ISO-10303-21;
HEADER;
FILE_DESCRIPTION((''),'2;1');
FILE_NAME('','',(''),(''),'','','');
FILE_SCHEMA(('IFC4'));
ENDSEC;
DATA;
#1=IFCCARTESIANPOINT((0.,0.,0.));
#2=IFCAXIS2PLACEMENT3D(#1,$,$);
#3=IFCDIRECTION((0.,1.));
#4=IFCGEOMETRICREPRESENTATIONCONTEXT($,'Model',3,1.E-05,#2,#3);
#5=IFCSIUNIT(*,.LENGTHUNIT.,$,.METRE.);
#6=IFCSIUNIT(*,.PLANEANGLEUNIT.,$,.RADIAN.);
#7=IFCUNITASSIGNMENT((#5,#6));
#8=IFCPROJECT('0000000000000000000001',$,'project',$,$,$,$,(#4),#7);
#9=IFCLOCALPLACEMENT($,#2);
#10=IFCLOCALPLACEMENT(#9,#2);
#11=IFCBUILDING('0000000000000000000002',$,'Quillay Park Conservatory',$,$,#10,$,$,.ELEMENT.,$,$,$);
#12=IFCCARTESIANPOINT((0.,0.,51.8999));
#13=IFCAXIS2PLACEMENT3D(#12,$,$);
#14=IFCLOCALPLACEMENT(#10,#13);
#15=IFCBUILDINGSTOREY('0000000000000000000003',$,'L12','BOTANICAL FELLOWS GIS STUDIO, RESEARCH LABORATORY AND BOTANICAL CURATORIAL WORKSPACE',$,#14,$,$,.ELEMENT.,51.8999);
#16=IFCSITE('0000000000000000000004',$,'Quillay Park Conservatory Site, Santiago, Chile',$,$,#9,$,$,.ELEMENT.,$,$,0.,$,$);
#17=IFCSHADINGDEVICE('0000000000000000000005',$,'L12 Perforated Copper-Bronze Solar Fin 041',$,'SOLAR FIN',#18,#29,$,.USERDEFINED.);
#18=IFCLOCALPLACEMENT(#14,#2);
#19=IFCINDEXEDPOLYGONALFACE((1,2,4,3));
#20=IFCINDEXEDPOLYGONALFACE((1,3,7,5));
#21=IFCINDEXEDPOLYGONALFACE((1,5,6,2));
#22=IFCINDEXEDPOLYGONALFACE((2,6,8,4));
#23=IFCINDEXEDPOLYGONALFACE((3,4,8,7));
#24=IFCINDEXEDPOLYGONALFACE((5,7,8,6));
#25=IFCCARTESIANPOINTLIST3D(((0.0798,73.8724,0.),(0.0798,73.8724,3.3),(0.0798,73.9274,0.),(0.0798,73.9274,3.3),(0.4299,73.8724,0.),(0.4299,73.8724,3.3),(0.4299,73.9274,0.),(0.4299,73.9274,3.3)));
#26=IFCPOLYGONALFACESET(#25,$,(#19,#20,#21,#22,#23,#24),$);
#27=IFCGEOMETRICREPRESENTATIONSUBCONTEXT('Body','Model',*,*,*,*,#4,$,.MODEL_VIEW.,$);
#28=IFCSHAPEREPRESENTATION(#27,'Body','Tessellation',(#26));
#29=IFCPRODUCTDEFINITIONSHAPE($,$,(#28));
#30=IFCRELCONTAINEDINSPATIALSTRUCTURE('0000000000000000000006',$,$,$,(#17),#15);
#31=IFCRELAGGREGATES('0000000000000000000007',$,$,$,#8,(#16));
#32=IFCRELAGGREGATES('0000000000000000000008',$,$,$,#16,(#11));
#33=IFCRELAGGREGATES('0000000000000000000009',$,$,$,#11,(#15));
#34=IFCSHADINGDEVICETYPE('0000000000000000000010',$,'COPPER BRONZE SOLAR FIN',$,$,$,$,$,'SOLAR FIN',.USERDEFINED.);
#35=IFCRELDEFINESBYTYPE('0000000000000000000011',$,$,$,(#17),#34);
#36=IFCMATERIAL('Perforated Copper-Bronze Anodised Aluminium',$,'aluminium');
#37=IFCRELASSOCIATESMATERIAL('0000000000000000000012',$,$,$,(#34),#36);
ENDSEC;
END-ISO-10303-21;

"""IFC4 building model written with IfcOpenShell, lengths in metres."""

from ifc_helpers import new_model, si_unit, direction, frame, origin, origin_2d, place, context, subcontext, project, spatial, rectangle, extrude, material, type_object, element, save


model = new_model("IFC4")

# Units and contexts
model_context = context("Model", 3, precision=1e-05, world=origin(), true_north=direction((0.0, 1.0)))
body_context = subcontext(model_context, "Body", "Model", "MODEL_VIEW")
ifc_project = project(units=[si_unit("LENGTHUNIT", "METRE"), si_unit("PLANEANGLEUNIT", "RADIAN")], contexts=[model_context])

# Site, building, storey
site_placement = place(None, origin())
site = spatial("IfcSite", under=ifc_project, at=site_placement, Name="Quillay Park Conservatory Site, Santiago, Chile", CompositionType="ELEMENT", RefElevation=0.0)
building_placement = place(site_placement, origin())
building = spatial("IfcBuilding", under=site, at=building_placement, Name="Quillay Park Conservatory", CompositionType="ELEMENT")
storey_placement = place(building_placement, frame((0.0, 0.0, 51.8999)))
storey = spatial("IfcBuildingStorey", under=building, at=storey_placement, Name="L12", Description="BOTANICAL FELLOWS GIS STUDIO, RESEARCH LABORATORY AND BOTANICAL CURATORIAL WORKSPACE", CompositionType="ELEMENT", Elevation=51.8999)

# Shading device
ifc_material_1 = material(Name="Perforated Copper-Bronze Anodised Aluminium", Category="aluminium")
shading_device_type = type_object("IfcShadingDeviceType", Name="COPPER BRONZE SOLAR FIN", ElementType="SOLAR FIN", PredefinedType="USERDEFINED", material=ifc_material_1)
shading_device_placement = place(storey_placement, frame((0.2549, 73.8999, 0.0), z_axis=(0.0, 0.0, 1.0), x_axis=(1.0, 0.0, 0.0)))
element("IfcShadingDevice", 1, at=shading_device_placement, inside=storey, type_object=shading_device_type, Name="L12 Perforated Copper-Bronze Solar Fin 041", ObjectType="SOLAR FIN", PredefinedType="USERDEFINED", context=body_context, shape_type="SweptSolid", body=[
    extrude(rectangle(XDim=0.3501, YDim=0.0549, at=origin_2d()), origin(), (0.0, 0.0, 1.0), 3.3),
])

save(model, "model.ifc")
